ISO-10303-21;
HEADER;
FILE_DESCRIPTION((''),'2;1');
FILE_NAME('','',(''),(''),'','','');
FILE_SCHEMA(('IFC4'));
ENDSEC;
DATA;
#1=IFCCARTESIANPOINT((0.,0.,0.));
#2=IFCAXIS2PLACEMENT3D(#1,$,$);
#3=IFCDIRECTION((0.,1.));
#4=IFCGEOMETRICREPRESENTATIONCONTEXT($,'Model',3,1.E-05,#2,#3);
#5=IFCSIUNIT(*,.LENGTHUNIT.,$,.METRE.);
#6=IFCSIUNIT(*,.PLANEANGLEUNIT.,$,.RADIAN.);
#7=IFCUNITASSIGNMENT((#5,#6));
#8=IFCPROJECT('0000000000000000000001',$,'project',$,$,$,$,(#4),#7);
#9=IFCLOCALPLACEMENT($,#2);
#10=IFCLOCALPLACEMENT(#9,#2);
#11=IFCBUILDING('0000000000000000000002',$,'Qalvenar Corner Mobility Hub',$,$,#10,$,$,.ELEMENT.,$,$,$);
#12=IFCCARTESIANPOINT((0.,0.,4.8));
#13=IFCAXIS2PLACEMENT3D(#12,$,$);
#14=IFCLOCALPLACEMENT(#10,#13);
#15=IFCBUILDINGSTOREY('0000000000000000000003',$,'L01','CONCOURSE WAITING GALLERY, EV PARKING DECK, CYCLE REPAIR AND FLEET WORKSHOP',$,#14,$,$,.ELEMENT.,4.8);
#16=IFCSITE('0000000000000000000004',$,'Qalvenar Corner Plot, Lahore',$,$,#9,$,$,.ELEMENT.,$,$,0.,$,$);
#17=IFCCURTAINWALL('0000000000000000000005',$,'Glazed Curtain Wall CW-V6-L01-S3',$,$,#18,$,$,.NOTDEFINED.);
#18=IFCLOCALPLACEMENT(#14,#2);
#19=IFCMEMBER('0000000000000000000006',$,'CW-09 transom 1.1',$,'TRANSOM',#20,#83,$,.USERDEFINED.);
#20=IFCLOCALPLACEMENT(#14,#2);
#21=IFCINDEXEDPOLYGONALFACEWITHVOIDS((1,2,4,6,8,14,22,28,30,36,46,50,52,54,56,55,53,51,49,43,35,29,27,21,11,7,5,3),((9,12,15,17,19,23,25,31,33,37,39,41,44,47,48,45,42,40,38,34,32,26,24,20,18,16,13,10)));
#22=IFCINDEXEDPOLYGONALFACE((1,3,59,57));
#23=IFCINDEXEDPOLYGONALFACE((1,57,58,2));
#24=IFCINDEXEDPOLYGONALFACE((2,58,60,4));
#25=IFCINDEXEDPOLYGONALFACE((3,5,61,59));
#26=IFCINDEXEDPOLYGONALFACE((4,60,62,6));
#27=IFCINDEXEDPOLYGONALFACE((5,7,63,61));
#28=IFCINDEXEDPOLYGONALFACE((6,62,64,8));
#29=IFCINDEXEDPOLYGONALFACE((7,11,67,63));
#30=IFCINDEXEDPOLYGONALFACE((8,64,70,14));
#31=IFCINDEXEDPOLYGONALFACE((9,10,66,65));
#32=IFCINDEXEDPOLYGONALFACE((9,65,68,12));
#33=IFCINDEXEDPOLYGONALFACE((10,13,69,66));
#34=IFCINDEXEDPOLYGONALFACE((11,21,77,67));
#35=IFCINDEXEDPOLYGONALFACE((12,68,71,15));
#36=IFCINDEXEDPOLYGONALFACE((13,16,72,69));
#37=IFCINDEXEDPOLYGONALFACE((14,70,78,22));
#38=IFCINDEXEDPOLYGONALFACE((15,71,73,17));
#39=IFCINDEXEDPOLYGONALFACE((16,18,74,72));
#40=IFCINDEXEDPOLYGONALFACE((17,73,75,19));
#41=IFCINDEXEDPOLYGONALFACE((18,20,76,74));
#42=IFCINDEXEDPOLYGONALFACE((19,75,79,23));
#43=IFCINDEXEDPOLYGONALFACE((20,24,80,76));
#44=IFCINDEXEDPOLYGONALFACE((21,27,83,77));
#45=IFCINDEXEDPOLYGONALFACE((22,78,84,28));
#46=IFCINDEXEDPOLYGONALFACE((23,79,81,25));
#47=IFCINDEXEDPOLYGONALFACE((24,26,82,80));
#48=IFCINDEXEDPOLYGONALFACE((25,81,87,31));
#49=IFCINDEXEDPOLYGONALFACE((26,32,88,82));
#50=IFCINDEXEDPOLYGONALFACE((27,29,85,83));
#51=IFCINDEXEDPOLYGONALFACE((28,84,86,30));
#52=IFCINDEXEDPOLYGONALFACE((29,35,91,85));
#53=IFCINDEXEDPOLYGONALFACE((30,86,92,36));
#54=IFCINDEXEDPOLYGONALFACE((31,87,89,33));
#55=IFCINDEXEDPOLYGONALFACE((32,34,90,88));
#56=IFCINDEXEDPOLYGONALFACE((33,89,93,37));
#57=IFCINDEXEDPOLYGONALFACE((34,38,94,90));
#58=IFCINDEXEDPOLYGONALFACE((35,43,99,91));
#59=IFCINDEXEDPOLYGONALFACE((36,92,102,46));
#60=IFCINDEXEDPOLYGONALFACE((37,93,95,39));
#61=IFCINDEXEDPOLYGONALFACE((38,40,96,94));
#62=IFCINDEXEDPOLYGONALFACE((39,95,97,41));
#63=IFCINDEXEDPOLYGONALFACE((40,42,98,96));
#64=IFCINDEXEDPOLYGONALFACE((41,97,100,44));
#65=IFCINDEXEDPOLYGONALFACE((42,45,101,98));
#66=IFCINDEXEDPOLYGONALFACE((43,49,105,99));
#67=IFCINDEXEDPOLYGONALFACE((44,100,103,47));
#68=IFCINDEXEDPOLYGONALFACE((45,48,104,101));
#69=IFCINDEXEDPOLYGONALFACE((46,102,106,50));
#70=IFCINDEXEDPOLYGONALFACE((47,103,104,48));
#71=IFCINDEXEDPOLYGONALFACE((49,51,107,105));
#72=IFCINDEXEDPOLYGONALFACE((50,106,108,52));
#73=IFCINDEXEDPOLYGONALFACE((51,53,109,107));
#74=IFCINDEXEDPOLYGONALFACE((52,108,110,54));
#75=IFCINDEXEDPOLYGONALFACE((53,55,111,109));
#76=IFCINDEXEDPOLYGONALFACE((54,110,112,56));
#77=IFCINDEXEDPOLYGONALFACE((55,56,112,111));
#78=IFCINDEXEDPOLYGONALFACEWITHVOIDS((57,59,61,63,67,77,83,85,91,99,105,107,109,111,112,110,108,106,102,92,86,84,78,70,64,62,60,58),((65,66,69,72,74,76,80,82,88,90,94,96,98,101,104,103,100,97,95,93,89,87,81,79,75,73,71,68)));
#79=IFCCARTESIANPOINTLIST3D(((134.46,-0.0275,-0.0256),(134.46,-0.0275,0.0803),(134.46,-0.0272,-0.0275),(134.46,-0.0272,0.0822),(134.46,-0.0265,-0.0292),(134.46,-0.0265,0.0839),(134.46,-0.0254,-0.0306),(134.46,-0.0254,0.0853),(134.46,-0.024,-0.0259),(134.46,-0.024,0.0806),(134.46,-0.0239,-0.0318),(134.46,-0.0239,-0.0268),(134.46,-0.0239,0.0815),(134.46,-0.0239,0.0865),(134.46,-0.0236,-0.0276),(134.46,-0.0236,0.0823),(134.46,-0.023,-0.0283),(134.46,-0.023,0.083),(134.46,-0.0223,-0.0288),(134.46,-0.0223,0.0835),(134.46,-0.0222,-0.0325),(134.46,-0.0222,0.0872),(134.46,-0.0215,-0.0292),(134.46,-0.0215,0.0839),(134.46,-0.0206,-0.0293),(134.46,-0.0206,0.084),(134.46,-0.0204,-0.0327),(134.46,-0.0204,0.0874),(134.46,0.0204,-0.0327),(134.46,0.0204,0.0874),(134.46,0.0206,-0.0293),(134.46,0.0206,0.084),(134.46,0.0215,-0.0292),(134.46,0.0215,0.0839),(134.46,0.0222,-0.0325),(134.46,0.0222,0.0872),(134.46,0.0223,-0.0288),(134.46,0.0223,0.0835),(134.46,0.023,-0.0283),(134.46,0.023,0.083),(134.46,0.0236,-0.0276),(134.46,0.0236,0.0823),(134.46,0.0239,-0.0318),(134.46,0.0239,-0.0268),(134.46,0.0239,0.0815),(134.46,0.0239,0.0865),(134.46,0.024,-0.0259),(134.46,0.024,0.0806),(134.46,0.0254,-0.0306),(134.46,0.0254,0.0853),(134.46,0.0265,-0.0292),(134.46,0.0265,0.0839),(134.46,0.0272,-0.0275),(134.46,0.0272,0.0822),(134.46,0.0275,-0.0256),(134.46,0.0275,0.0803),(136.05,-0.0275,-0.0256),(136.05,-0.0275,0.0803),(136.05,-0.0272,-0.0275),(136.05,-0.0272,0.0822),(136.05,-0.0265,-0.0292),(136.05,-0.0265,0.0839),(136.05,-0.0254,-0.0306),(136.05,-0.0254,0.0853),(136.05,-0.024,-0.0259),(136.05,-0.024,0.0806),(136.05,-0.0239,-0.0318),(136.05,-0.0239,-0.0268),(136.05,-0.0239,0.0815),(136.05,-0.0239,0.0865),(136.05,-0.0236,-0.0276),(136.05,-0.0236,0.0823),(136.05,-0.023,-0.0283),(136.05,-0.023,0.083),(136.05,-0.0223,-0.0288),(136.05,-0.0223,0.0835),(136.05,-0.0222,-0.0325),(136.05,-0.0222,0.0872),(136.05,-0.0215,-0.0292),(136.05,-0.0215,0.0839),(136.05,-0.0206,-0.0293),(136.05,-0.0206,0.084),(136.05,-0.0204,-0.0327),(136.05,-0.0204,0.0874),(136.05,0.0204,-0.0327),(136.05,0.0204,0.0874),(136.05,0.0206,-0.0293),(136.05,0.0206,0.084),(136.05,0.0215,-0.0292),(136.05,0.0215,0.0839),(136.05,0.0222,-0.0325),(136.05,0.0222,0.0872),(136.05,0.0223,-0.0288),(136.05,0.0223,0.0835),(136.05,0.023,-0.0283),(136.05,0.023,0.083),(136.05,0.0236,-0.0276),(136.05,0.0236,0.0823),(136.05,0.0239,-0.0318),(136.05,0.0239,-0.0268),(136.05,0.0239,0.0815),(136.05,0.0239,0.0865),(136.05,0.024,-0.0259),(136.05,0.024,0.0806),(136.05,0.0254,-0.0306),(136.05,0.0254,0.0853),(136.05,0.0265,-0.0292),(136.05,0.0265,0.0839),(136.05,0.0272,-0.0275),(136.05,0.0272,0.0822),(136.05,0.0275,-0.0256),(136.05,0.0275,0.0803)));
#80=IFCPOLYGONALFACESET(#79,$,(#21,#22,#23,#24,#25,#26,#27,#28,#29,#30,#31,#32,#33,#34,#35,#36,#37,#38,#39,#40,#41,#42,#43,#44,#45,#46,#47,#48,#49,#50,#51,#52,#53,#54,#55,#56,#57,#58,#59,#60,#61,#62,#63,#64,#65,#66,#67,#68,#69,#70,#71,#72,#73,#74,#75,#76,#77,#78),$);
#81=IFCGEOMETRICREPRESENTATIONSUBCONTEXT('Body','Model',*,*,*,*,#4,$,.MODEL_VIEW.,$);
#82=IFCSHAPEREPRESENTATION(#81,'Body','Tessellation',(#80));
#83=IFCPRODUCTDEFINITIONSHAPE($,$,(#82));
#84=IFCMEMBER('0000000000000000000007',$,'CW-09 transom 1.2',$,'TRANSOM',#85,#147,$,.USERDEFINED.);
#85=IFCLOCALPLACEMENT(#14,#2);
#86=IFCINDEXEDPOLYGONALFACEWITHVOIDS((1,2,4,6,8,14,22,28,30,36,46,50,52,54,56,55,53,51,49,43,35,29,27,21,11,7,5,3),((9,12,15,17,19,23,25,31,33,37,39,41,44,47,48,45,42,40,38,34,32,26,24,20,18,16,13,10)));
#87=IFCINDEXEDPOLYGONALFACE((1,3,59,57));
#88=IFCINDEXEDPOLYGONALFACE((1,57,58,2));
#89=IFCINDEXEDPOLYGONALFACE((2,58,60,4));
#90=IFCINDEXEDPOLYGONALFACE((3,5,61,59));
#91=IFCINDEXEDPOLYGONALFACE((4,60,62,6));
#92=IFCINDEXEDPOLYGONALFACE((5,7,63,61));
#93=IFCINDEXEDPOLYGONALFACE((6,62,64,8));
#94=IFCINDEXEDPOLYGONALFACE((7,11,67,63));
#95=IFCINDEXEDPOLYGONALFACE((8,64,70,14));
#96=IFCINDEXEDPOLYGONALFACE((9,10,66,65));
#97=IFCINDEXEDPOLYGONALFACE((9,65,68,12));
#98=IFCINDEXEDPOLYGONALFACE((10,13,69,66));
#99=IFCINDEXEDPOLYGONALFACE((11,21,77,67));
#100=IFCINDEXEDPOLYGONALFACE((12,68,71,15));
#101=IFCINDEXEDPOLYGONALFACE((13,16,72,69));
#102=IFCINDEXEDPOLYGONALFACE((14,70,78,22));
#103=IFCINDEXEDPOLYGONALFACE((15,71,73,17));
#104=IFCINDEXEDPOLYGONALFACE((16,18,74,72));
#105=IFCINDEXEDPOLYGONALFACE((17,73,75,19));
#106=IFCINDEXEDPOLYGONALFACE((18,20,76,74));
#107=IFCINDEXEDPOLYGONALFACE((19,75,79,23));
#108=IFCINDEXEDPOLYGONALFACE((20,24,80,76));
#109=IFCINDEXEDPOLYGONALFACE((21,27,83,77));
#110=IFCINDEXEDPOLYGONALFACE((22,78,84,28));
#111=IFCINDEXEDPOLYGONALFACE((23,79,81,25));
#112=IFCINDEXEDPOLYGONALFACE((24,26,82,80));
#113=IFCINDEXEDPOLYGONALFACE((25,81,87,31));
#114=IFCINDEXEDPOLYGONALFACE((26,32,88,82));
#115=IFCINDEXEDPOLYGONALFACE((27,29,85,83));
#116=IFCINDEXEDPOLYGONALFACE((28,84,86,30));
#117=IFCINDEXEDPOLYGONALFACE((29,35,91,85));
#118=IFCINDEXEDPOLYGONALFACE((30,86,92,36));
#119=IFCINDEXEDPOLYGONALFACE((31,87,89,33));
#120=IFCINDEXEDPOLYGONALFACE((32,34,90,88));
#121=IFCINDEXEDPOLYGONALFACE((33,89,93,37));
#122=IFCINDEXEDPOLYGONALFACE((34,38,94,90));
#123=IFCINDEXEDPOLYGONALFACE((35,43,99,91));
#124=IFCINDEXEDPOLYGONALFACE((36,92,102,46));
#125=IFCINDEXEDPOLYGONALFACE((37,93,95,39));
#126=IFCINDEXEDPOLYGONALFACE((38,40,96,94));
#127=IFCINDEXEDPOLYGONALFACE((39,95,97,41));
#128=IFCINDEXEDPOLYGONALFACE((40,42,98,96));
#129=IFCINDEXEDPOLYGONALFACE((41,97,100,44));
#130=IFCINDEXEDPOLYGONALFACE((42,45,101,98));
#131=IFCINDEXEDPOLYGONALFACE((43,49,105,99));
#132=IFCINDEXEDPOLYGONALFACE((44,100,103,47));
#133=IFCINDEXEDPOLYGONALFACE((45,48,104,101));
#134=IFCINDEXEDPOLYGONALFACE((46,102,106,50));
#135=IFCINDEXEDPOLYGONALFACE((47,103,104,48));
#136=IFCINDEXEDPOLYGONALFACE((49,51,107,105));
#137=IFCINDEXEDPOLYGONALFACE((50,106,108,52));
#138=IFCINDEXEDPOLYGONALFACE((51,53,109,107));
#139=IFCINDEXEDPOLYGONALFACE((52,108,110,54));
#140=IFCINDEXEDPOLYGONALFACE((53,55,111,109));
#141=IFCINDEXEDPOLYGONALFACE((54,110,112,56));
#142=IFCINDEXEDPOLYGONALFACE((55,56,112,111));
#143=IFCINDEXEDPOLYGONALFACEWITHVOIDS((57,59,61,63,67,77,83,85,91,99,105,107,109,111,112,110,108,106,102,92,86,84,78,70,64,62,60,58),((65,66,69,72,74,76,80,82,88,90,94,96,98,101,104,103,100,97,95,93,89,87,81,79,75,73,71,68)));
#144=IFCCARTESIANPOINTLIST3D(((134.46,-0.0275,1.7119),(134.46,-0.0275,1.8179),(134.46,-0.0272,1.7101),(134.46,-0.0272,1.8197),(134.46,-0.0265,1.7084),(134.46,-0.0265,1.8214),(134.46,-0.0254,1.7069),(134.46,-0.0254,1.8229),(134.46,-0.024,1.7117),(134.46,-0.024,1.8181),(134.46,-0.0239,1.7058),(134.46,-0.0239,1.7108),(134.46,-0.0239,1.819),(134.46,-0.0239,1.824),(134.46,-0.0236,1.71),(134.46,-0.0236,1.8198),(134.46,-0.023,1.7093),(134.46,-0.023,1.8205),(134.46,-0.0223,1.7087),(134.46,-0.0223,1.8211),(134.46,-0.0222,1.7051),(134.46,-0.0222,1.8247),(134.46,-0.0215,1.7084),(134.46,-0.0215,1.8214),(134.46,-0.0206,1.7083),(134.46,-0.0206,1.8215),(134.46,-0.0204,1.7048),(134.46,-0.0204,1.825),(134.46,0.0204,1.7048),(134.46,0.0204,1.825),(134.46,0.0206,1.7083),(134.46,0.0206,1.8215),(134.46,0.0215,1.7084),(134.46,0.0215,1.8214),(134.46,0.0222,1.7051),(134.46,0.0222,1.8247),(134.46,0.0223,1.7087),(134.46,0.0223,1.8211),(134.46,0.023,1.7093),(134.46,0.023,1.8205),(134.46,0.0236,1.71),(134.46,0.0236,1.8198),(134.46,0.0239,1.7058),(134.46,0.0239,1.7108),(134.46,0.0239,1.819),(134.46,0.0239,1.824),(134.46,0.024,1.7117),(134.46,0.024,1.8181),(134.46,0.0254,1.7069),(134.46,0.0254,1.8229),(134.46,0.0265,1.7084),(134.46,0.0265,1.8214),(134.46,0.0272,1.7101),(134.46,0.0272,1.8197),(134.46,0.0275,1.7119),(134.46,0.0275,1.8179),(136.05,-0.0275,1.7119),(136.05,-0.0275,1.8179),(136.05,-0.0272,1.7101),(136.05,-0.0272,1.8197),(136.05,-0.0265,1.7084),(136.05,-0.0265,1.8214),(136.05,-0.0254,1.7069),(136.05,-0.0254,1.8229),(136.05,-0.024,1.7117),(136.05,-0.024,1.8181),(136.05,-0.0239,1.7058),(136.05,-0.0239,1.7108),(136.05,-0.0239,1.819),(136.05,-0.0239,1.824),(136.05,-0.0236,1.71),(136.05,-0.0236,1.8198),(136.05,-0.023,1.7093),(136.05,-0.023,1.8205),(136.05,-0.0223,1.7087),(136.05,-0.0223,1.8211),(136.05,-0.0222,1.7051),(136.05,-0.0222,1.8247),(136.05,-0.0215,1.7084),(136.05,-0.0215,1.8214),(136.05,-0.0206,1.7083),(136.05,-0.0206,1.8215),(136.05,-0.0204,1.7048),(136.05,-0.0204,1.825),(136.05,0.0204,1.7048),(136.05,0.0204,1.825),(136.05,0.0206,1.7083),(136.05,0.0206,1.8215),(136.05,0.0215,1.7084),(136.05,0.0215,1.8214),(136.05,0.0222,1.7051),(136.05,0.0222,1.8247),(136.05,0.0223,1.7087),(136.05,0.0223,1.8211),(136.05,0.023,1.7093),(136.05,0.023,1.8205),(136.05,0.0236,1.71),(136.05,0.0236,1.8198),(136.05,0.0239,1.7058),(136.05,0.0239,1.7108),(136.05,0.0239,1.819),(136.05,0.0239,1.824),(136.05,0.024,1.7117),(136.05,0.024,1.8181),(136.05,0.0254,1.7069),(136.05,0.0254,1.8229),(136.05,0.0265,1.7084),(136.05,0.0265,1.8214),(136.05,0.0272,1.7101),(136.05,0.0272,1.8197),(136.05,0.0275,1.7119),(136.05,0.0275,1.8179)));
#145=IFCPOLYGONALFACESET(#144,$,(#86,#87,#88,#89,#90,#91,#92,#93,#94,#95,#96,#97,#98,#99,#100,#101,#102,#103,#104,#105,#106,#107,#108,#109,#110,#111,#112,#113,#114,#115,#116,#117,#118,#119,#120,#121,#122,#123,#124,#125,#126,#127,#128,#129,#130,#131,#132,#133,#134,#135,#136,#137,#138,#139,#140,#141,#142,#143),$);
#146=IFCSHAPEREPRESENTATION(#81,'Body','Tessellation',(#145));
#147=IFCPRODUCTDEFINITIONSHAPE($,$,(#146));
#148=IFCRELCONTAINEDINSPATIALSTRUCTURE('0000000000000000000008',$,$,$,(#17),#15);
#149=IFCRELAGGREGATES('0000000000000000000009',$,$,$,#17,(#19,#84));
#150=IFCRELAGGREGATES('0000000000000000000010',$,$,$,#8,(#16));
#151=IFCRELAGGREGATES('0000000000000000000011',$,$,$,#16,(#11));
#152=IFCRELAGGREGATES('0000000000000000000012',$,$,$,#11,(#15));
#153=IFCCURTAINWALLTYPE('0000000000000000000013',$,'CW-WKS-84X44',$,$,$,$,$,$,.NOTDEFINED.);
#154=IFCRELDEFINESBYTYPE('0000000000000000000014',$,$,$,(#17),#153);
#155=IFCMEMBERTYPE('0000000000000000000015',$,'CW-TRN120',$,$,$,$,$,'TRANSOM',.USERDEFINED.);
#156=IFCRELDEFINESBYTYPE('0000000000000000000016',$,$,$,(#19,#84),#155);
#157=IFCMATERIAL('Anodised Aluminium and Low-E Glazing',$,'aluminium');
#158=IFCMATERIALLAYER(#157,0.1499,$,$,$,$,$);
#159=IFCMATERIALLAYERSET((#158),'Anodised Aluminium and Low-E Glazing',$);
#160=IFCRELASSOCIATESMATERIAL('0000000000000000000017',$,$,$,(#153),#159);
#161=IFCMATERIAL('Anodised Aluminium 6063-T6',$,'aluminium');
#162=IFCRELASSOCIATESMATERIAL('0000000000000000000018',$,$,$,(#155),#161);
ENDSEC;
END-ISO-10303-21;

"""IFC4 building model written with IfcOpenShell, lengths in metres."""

from ifc_helpers import new_model, si_unit, direction, frame, origin, origin_2d, place, context, subcontext, project, spatial, hollow_rectangle, extrude, material, layer, layer_set, material_profile, profile_set, type_object, element, aggregate, save


model = new_model("IFC4")

# Units and contexts
model_context = context("Model", 3, precision=1e-05, world=origin(), true_north=direction((0.0, 1.0)))
body_context = subcontext(model_context, "Body", "Model", "MODEL_VIEW")
ifc_project = project(units=[si_unit("LENGTHUNIT", "METRE"), si_unit("PLANEANGLEUNIT", "RADIAN")], contexts=[model_context])

# Site, building, storey
site_placement = place(None, origin())
site = spatial("IfcSite", under=ifc_project, at=site_placement, Name="Qalvenar Corner Plot, Lahore", CompositionType="ELEMENT", RefElevation=0.0)
building_placement = place(site_placement, origin())
building = spatial("IfcBuilding", under=site, at=building_placement, Name="Qalvenar Corner Mobility Hub", CompositionType="ELEMENT")
storey_placement = place(building_placement, frame((0.0, 0.0, 4.8)))
storey = spatial("IfcBuildingStorey", under=building, at=storey_placement, Name="L01", Description="CONCOURSE WAITING GALLERY, EV PARKING DECK, CYCLE REPAIR AND FLEET WORKSHOP", CompositionType="ELEMENT", Elevation=4.8)

# Curtain wall, members
ifc_material_1 = material(Name="Anodised Aluminium and Low-E Glazing", Category="aluminium")
ifc_layer_1 = layer(ifc_material_1, 0.1499)
ifc_layer_set_1 = layer_set([ifc_layer_1], Name="Anodised Aluminium and Low-E Glazing")
curtain_wall_type = type_object("IfcCurtainWallType", Name="CW-WKS-84X44", PredefinedType="NOTDEFINED", material=ifc_layer_set_1)
curtain_wall_placement = place(storey_placement, origin())
curtain_wall = element("IfcCurtainWall", 1, at=curtain_wall_placement, inside=storey, type_object=curtain_wall_type, Name="Glazed Curtain Wall CW-V6-L01-S3", PredefinedType="NOTDEFINED")
ifc_material_2 = material(Name="Anodised Aluminium 6063-T6", Category="aluminium")
ifc_material_profile_1 = material_profile(ifc_material_2, hollow_rectangle(XDim=0.0549, YDim=0.1201, WallThickness=0.0034, InnerFilletRadius=0.0034, OuterFilletRadius=0.0071, at=origin_2d()), Name="RHS120x55x3.5")
ifc_profile_set_1 = profile_set([ifc_material_profile_1], Name="Anodised Aluminium 6063-T6")
member_type_1 = type_object("IfcMemberType", Name="CW-TRN120", ElementType="TRANSOM", PredefinedType="USERDEFINED", material=ifc_profile_set_1)
member_1_placement = place(storey_placement, frame((134.46, 0.0, 0.0273), z_axis=(1.0, 0.0, 0.0), x_axis=(0.0, 1.0, 0.0)))
member_1 = element("IfcMember", 2, at=member_1_placement, type_object=member_type_1, Name="CW-09 transom 1.1", ObjectType="TRANSOM", PredefinedType="USERDEFINED", context=body_context, shape_type="SweptSolid", body=[
    extrude(hollow_rectangle(XDim=0.0549, YDim=0.1201, WallThickness=0.0034, InnerFilletRadius=0.0034, OuterFilletRadius=0.0071, at=origin_2d()), origin(), (0.0, 0.0, 1.0), 1.5901),
])
member_2_placement = place(storey_placement, frame((134.46, 0.0, 1.7649), z_axis=(1.0, 0.0, 0.0), x_axis=(0.0, 1.0, 0.0)))
member_2 = element("IfcMember", 3, at=member_2_placement, type_object=member_type_1, Name="CW-09 transom 1.2", ObjectType="TRANSOM", PredefinedType="USERDEFINED", context=body_context, shape_type="SweptSolid", body=[
    extrude(hollow_rectangle(XDim=0.0549, YDim=0.1201, WallThickness=0.0034, InnerFilletRadius=0.0034, OuterFilletRadius=0.0071, at=origin_2d()), origin(), (0.0, 0.0, 1.0), 1.5901),
])
aggregate(curtain_wall, [member_1, member_2])

save(model, "model.ifc")
